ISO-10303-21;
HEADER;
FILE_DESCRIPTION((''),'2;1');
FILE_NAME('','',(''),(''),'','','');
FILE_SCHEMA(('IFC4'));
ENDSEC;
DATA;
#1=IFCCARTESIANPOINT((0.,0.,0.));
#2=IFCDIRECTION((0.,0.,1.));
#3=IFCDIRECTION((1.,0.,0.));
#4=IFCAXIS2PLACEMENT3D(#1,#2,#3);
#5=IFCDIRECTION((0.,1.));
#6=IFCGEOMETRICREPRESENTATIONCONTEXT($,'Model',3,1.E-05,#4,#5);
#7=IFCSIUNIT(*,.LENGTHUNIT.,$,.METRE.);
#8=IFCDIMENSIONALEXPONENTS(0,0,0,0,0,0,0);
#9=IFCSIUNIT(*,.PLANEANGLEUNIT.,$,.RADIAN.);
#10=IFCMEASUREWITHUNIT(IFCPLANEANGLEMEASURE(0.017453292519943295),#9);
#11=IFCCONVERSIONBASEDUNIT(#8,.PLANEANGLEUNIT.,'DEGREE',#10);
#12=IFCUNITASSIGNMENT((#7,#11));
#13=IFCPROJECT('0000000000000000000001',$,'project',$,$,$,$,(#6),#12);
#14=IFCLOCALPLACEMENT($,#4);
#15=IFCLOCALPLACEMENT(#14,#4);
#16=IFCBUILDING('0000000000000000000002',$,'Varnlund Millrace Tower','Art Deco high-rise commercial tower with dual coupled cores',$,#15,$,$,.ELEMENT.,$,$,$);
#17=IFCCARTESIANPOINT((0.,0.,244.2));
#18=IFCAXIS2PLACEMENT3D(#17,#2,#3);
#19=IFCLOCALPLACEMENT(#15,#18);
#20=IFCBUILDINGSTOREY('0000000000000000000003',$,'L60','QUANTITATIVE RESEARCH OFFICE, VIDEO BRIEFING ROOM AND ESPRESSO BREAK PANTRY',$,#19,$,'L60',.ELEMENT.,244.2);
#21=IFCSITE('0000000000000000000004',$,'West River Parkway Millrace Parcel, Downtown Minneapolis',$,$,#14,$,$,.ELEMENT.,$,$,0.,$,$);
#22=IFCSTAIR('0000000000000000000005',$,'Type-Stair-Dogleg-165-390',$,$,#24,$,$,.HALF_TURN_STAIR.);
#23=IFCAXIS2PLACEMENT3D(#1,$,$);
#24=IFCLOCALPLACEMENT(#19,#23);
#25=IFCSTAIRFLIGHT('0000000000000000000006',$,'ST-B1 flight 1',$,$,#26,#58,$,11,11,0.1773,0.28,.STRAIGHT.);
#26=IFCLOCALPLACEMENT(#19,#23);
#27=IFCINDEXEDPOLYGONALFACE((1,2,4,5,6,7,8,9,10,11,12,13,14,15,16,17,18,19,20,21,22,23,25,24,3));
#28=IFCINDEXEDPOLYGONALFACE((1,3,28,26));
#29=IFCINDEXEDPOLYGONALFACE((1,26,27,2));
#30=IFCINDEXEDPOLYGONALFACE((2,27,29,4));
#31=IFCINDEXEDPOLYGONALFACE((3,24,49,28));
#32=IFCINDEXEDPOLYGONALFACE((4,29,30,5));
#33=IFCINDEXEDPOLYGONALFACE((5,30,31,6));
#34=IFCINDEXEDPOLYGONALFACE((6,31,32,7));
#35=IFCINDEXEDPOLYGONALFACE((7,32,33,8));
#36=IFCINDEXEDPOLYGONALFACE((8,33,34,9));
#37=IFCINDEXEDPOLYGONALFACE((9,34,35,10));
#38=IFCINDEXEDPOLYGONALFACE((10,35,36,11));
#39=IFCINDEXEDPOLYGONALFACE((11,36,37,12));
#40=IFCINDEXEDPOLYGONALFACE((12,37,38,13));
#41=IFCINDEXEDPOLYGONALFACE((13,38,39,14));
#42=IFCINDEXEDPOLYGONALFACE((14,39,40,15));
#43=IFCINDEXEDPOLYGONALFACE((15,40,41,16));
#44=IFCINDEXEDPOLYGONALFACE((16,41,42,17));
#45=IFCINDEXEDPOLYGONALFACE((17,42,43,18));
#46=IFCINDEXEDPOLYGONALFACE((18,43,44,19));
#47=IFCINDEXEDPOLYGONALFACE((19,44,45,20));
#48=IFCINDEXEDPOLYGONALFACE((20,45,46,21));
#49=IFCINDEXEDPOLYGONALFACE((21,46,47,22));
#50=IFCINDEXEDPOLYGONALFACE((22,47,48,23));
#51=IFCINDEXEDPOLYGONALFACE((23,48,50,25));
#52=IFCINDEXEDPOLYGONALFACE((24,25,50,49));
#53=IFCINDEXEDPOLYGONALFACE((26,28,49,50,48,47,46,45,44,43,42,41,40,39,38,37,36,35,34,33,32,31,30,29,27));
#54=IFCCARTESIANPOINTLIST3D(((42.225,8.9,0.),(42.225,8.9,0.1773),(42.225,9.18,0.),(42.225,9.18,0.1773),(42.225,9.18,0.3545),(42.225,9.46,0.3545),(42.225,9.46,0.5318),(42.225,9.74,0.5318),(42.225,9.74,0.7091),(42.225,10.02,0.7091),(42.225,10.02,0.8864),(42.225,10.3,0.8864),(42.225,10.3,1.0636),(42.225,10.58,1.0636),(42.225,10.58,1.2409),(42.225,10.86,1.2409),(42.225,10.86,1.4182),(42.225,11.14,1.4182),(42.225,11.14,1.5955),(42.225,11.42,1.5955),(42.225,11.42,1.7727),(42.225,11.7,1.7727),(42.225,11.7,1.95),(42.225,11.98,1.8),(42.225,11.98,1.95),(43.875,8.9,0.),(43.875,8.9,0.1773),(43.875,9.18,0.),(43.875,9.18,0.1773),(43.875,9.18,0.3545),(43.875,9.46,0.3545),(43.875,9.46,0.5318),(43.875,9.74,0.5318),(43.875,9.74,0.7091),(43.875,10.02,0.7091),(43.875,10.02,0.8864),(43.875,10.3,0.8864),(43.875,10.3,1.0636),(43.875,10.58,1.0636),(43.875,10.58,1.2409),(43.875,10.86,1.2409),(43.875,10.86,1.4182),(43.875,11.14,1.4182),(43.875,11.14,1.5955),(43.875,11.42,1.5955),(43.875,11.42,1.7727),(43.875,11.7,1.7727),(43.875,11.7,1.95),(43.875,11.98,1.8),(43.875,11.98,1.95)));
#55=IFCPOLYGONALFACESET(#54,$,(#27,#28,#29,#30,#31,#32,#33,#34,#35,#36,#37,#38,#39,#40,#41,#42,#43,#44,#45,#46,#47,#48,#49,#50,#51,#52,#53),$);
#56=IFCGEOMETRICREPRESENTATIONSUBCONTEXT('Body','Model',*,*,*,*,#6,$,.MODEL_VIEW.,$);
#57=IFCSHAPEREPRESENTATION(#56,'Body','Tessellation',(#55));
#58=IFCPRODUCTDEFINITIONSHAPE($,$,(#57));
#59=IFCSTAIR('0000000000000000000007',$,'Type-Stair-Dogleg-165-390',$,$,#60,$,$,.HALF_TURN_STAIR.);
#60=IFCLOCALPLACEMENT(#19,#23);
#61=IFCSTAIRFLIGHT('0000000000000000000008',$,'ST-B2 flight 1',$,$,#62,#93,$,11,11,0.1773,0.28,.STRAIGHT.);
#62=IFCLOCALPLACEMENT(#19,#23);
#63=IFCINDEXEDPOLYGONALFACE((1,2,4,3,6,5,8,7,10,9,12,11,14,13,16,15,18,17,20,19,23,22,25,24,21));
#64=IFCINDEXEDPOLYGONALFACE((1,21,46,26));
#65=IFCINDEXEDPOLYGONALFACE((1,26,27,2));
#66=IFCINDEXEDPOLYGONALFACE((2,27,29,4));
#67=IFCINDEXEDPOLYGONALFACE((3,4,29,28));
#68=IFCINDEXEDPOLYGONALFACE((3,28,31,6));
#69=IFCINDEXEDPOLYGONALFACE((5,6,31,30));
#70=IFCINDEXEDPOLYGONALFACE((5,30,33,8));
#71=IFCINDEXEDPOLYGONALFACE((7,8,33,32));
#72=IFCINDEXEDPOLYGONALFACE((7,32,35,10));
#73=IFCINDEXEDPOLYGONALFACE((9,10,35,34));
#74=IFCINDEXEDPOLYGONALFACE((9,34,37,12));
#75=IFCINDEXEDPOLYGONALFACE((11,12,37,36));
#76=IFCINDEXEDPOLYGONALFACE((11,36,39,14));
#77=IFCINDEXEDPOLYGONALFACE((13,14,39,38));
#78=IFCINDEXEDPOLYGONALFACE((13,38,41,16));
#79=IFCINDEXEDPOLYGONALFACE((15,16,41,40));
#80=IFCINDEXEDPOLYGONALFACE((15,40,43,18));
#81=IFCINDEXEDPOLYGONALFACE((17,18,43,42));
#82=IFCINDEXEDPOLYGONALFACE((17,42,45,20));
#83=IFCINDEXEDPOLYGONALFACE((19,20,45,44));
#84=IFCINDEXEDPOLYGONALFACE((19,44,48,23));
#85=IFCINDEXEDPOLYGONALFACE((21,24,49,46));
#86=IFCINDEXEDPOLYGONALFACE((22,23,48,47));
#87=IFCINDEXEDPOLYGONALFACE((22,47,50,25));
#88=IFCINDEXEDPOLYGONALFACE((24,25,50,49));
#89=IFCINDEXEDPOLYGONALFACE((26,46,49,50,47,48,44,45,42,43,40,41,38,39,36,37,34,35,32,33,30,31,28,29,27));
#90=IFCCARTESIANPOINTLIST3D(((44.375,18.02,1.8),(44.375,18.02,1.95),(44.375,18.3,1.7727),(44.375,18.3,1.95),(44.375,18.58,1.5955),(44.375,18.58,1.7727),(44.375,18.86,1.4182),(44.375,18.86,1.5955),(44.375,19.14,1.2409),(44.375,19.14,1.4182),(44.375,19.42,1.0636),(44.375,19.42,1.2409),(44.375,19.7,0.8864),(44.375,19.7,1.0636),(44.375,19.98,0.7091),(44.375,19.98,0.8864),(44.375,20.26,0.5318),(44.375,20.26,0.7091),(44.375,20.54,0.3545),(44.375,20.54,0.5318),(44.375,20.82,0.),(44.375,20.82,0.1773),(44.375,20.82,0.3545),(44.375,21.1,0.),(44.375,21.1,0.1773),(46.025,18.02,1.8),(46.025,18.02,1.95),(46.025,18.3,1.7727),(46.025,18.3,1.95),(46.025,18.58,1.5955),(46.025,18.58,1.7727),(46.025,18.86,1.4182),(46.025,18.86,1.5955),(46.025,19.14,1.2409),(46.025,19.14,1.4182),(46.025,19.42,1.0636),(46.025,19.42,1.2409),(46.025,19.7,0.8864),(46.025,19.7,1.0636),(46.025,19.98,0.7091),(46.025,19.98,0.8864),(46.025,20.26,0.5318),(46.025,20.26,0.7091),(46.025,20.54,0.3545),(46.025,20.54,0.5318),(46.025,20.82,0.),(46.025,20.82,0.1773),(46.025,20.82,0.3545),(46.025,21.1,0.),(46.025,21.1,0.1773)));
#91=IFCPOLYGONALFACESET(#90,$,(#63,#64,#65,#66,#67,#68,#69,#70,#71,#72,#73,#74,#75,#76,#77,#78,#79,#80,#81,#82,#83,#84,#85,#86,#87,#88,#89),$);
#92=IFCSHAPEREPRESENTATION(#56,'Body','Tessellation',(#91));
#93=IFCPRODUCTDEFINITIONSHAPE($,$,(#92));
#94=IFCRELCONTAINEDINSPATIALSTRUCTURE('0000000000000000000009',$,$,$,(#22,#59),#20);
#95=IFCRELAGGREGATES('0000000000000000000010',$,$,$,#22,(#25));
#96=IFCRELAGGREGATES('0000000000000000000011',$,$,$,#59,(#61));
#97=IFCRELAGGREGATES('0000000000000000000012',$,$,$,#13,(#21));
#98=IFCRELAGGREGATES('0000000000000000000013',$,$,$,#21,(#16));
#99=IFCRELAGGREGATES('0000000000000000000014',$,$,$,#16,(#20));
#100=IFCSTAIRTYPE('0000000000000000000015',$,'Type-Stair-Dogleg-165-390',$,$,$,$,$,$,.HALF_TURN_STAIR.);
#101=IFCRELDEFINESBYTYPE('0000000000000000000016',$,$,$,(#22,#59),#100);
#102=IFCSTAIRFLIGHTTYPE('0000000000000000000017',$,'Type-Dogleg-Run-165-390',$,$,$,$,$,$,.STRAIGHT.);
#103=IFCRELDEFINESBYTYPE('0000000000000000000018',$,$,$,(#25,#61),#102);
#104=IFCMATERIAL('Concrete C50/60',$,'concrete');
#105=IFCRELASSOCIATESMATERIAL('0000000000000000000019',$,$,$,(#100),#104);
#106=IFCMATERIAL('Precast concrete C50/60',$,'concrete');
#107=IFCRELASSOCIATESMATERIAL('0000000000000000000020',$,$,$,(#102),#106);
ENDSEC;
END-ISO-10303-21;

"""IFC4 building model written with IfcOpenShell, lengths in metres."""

from ifc_helpers import new_model, entity, si_unit, converted_unit, direction, frame, origin_with_axes, place, context, subcontext, project, spatial, polyline, outline, extrude, material, type_object, element, aggregate, save


model = new_model("IFC4")

# Units and contexts
model_context = context("Model", 3, precision=1e-05, world=origin_with_axes(), true_north=direction((0.0, 1.0)))
body_context = subcontext(model_context, "Body", "Model", "MODEL_VIEW")
ifc_project = project(units=[si_unit("LENGTHUNIT", "METRE"), converted_unit("PLANEANGLEUNIT", "DEGREE", entity("IfcPlaneAngleMeasure", 0.017453292519943295), si_unit("PLANEANGLEUNIT", "RADIAN"), dimensions=[0, 0, 0, 0, 0, 0, 0])], contexts=[model_context])

# Site, building, storey
site_placement = place(None, origin_with_axes())
site = spatial("IfcSite", under=ifc_project, at=site_placement, Name="West River Parkway Millrace Parcel, Downtown Minneapolis", CompositionType="ELEMENT", RefElevation=0.0)
building_placement = place(site_placement, origin_with_axes())
building = spatial("IfcBuilding", under=site, at=building_placement, Name="Varnlund Millrace Tower", Description="Art Deco high-rise commercial tower with dual coupled cores", CompositionType="ELEMENT")
storey_placement = place(building_placement, frame((0.0, 0.0, 244.2), z_axis=(0.0, 0.0, 1.0), x_axis=(1.0, 0.0, 0.0)))
storey = spatial("IfcBuildingStorey", under=building, at=storey_placement, Name="L60", Description="QUANTITATIVE RESEARCH OFFICE, VIDEO BRIEFING ROOM AND ESPRESSO BREAK PANTRY", LongName="L60", CompositionType="ELEMENT", Elevation=244.2)

# Stairs, stair flights
ifc_material_1 = material(Name="Concrete C50/60", Category="concrete")
stair_type = type_object("IfcStairType", Name="Type-Stair-Dogleg-165-390", PredefinedType="HALF_TURN_STAIR", material=ifc_material_1)
stair_1_placement = place(storey_placement, origin_with_axes())
stair_1 = element("IfcStair", 1, at=stair_1_placement, inside=storey, type_object=stair_type, Name="Type-Stair-Dogleg-165-390", PredefinedType="HALF_TURN_STAIR")
ifc_material_2 = material(Name="Precast concrete C50/60", Category="concrete")
stair_flight_type = type_object("IfcStairFlightType", Name="Type-Dogleg-Run-165-390", PredefinedType="STRAIGHT", material=ifc_material_2)
stair_flight_1_placement = place(storey_placement, frame((42.225, 8.9, 0.0), z_axis=(1.0, 0.0, 0.0), x_axis=(0.0, 1.0, 0.0)))
stair_flight_1 = element("IfcStairFlight", 2, at=stair_flight_1_placement, type_object=stair_flight_type, Name="ST-B1 flight 1", NumberOfRisers=11, NumberOfTreads=11, PredefinedType="STRAIGHT", RiserHeight=0.1773, TreadLength=0.28, context=body_context, shape_type="SweptSolid", body=[
    extrude(outline(polyline([(0.0, 0.0), (0.0, 0.1773), (0.28, 0.1773), (0.28, 0.3545), (0.56, 0.3545), (0.56, 0.5318), (0.84, 0.5318), (0.84, 0.7091), (1.12, 0.7091), (1.12, 0.8864), (1.4, 0.8864), (1.4, 1.0636), (1.68, 1.0636), (1.68, 1.2409), (1.96, 1.2409), (1.96, 1.4182), (2.24, 1.4182), (2.24, 1.5955), (2.52, 1.5955), (2.52, 1.7727), (2.8, 1.7727), (2.8, 1.95), (3.08, 1.95), (3.08, 1.8), (0.28, 0.0), (0.0, 0.0)])), origin_with_axes(), (0.0, 0.0, 1.0), 1.65),
])
aggregate(stair_1, [stair_flight_1])
stair_2_placement = place(storey_placement, origin_with_axes())
stair_2 = element("IfcStair", 3, at=stair_2_placement, inside=storey, type_object=stair_type, Name="Type-Stair-Dogleg-165-390", PredefinedType="HALF_TURN_STAIR")
stair_flight_2_placement = place(storey_placement, frame((46.025, 21.1, 0.0), z_axis=(-1.0, 0.0, 0.0), x_axis=(0.0, -1.0, 0.0)))
stair_flight_2 = element("IfcStairFlight", 4, at=stair_flight_2_placement, type_object=stair_flight_type, Name="ST-B2 flight 1", NumberOfRisers=11, NumberOfTreads=11, PredefinedType="STRAIGHT", RiserHeight=0.1773, TreadLength=0.28, context=body_context, shape_type="SweptSolid", body=[
    extrude(outline(polyline([(0.0, 0.0), (0.0, 0.1773), (0.28, 0.1773), (0.28, 0.3545), (0.56, 0.3545), (0.56, 0.5318), (0.84, 0.5318), (0.84, 0.7091), (1.12, 0.7091), (1.12, 0.8864), (1.4, 0.8864), (1.4, 1.0636), (1.68, 1.0636), (1.68, 1.2409), (1.96, 1.2409), (1.96, 1.4182), (2.24, 1.4182), (2.24, 1.5955), (2.52, 1.5955), (2.52, 1.7727), (2.8, 1.7727), (2.8, 1.95), (3.08, 1.95), (3.08, 1.8), (0.28, 0.0), (0.0, 0.0)])), origin_with_axes(), (0.0, 0.0, 1.0), 1.65),
])
aggregate(stair_2, [stair_flight_2])

save(model, "model.ifc")
